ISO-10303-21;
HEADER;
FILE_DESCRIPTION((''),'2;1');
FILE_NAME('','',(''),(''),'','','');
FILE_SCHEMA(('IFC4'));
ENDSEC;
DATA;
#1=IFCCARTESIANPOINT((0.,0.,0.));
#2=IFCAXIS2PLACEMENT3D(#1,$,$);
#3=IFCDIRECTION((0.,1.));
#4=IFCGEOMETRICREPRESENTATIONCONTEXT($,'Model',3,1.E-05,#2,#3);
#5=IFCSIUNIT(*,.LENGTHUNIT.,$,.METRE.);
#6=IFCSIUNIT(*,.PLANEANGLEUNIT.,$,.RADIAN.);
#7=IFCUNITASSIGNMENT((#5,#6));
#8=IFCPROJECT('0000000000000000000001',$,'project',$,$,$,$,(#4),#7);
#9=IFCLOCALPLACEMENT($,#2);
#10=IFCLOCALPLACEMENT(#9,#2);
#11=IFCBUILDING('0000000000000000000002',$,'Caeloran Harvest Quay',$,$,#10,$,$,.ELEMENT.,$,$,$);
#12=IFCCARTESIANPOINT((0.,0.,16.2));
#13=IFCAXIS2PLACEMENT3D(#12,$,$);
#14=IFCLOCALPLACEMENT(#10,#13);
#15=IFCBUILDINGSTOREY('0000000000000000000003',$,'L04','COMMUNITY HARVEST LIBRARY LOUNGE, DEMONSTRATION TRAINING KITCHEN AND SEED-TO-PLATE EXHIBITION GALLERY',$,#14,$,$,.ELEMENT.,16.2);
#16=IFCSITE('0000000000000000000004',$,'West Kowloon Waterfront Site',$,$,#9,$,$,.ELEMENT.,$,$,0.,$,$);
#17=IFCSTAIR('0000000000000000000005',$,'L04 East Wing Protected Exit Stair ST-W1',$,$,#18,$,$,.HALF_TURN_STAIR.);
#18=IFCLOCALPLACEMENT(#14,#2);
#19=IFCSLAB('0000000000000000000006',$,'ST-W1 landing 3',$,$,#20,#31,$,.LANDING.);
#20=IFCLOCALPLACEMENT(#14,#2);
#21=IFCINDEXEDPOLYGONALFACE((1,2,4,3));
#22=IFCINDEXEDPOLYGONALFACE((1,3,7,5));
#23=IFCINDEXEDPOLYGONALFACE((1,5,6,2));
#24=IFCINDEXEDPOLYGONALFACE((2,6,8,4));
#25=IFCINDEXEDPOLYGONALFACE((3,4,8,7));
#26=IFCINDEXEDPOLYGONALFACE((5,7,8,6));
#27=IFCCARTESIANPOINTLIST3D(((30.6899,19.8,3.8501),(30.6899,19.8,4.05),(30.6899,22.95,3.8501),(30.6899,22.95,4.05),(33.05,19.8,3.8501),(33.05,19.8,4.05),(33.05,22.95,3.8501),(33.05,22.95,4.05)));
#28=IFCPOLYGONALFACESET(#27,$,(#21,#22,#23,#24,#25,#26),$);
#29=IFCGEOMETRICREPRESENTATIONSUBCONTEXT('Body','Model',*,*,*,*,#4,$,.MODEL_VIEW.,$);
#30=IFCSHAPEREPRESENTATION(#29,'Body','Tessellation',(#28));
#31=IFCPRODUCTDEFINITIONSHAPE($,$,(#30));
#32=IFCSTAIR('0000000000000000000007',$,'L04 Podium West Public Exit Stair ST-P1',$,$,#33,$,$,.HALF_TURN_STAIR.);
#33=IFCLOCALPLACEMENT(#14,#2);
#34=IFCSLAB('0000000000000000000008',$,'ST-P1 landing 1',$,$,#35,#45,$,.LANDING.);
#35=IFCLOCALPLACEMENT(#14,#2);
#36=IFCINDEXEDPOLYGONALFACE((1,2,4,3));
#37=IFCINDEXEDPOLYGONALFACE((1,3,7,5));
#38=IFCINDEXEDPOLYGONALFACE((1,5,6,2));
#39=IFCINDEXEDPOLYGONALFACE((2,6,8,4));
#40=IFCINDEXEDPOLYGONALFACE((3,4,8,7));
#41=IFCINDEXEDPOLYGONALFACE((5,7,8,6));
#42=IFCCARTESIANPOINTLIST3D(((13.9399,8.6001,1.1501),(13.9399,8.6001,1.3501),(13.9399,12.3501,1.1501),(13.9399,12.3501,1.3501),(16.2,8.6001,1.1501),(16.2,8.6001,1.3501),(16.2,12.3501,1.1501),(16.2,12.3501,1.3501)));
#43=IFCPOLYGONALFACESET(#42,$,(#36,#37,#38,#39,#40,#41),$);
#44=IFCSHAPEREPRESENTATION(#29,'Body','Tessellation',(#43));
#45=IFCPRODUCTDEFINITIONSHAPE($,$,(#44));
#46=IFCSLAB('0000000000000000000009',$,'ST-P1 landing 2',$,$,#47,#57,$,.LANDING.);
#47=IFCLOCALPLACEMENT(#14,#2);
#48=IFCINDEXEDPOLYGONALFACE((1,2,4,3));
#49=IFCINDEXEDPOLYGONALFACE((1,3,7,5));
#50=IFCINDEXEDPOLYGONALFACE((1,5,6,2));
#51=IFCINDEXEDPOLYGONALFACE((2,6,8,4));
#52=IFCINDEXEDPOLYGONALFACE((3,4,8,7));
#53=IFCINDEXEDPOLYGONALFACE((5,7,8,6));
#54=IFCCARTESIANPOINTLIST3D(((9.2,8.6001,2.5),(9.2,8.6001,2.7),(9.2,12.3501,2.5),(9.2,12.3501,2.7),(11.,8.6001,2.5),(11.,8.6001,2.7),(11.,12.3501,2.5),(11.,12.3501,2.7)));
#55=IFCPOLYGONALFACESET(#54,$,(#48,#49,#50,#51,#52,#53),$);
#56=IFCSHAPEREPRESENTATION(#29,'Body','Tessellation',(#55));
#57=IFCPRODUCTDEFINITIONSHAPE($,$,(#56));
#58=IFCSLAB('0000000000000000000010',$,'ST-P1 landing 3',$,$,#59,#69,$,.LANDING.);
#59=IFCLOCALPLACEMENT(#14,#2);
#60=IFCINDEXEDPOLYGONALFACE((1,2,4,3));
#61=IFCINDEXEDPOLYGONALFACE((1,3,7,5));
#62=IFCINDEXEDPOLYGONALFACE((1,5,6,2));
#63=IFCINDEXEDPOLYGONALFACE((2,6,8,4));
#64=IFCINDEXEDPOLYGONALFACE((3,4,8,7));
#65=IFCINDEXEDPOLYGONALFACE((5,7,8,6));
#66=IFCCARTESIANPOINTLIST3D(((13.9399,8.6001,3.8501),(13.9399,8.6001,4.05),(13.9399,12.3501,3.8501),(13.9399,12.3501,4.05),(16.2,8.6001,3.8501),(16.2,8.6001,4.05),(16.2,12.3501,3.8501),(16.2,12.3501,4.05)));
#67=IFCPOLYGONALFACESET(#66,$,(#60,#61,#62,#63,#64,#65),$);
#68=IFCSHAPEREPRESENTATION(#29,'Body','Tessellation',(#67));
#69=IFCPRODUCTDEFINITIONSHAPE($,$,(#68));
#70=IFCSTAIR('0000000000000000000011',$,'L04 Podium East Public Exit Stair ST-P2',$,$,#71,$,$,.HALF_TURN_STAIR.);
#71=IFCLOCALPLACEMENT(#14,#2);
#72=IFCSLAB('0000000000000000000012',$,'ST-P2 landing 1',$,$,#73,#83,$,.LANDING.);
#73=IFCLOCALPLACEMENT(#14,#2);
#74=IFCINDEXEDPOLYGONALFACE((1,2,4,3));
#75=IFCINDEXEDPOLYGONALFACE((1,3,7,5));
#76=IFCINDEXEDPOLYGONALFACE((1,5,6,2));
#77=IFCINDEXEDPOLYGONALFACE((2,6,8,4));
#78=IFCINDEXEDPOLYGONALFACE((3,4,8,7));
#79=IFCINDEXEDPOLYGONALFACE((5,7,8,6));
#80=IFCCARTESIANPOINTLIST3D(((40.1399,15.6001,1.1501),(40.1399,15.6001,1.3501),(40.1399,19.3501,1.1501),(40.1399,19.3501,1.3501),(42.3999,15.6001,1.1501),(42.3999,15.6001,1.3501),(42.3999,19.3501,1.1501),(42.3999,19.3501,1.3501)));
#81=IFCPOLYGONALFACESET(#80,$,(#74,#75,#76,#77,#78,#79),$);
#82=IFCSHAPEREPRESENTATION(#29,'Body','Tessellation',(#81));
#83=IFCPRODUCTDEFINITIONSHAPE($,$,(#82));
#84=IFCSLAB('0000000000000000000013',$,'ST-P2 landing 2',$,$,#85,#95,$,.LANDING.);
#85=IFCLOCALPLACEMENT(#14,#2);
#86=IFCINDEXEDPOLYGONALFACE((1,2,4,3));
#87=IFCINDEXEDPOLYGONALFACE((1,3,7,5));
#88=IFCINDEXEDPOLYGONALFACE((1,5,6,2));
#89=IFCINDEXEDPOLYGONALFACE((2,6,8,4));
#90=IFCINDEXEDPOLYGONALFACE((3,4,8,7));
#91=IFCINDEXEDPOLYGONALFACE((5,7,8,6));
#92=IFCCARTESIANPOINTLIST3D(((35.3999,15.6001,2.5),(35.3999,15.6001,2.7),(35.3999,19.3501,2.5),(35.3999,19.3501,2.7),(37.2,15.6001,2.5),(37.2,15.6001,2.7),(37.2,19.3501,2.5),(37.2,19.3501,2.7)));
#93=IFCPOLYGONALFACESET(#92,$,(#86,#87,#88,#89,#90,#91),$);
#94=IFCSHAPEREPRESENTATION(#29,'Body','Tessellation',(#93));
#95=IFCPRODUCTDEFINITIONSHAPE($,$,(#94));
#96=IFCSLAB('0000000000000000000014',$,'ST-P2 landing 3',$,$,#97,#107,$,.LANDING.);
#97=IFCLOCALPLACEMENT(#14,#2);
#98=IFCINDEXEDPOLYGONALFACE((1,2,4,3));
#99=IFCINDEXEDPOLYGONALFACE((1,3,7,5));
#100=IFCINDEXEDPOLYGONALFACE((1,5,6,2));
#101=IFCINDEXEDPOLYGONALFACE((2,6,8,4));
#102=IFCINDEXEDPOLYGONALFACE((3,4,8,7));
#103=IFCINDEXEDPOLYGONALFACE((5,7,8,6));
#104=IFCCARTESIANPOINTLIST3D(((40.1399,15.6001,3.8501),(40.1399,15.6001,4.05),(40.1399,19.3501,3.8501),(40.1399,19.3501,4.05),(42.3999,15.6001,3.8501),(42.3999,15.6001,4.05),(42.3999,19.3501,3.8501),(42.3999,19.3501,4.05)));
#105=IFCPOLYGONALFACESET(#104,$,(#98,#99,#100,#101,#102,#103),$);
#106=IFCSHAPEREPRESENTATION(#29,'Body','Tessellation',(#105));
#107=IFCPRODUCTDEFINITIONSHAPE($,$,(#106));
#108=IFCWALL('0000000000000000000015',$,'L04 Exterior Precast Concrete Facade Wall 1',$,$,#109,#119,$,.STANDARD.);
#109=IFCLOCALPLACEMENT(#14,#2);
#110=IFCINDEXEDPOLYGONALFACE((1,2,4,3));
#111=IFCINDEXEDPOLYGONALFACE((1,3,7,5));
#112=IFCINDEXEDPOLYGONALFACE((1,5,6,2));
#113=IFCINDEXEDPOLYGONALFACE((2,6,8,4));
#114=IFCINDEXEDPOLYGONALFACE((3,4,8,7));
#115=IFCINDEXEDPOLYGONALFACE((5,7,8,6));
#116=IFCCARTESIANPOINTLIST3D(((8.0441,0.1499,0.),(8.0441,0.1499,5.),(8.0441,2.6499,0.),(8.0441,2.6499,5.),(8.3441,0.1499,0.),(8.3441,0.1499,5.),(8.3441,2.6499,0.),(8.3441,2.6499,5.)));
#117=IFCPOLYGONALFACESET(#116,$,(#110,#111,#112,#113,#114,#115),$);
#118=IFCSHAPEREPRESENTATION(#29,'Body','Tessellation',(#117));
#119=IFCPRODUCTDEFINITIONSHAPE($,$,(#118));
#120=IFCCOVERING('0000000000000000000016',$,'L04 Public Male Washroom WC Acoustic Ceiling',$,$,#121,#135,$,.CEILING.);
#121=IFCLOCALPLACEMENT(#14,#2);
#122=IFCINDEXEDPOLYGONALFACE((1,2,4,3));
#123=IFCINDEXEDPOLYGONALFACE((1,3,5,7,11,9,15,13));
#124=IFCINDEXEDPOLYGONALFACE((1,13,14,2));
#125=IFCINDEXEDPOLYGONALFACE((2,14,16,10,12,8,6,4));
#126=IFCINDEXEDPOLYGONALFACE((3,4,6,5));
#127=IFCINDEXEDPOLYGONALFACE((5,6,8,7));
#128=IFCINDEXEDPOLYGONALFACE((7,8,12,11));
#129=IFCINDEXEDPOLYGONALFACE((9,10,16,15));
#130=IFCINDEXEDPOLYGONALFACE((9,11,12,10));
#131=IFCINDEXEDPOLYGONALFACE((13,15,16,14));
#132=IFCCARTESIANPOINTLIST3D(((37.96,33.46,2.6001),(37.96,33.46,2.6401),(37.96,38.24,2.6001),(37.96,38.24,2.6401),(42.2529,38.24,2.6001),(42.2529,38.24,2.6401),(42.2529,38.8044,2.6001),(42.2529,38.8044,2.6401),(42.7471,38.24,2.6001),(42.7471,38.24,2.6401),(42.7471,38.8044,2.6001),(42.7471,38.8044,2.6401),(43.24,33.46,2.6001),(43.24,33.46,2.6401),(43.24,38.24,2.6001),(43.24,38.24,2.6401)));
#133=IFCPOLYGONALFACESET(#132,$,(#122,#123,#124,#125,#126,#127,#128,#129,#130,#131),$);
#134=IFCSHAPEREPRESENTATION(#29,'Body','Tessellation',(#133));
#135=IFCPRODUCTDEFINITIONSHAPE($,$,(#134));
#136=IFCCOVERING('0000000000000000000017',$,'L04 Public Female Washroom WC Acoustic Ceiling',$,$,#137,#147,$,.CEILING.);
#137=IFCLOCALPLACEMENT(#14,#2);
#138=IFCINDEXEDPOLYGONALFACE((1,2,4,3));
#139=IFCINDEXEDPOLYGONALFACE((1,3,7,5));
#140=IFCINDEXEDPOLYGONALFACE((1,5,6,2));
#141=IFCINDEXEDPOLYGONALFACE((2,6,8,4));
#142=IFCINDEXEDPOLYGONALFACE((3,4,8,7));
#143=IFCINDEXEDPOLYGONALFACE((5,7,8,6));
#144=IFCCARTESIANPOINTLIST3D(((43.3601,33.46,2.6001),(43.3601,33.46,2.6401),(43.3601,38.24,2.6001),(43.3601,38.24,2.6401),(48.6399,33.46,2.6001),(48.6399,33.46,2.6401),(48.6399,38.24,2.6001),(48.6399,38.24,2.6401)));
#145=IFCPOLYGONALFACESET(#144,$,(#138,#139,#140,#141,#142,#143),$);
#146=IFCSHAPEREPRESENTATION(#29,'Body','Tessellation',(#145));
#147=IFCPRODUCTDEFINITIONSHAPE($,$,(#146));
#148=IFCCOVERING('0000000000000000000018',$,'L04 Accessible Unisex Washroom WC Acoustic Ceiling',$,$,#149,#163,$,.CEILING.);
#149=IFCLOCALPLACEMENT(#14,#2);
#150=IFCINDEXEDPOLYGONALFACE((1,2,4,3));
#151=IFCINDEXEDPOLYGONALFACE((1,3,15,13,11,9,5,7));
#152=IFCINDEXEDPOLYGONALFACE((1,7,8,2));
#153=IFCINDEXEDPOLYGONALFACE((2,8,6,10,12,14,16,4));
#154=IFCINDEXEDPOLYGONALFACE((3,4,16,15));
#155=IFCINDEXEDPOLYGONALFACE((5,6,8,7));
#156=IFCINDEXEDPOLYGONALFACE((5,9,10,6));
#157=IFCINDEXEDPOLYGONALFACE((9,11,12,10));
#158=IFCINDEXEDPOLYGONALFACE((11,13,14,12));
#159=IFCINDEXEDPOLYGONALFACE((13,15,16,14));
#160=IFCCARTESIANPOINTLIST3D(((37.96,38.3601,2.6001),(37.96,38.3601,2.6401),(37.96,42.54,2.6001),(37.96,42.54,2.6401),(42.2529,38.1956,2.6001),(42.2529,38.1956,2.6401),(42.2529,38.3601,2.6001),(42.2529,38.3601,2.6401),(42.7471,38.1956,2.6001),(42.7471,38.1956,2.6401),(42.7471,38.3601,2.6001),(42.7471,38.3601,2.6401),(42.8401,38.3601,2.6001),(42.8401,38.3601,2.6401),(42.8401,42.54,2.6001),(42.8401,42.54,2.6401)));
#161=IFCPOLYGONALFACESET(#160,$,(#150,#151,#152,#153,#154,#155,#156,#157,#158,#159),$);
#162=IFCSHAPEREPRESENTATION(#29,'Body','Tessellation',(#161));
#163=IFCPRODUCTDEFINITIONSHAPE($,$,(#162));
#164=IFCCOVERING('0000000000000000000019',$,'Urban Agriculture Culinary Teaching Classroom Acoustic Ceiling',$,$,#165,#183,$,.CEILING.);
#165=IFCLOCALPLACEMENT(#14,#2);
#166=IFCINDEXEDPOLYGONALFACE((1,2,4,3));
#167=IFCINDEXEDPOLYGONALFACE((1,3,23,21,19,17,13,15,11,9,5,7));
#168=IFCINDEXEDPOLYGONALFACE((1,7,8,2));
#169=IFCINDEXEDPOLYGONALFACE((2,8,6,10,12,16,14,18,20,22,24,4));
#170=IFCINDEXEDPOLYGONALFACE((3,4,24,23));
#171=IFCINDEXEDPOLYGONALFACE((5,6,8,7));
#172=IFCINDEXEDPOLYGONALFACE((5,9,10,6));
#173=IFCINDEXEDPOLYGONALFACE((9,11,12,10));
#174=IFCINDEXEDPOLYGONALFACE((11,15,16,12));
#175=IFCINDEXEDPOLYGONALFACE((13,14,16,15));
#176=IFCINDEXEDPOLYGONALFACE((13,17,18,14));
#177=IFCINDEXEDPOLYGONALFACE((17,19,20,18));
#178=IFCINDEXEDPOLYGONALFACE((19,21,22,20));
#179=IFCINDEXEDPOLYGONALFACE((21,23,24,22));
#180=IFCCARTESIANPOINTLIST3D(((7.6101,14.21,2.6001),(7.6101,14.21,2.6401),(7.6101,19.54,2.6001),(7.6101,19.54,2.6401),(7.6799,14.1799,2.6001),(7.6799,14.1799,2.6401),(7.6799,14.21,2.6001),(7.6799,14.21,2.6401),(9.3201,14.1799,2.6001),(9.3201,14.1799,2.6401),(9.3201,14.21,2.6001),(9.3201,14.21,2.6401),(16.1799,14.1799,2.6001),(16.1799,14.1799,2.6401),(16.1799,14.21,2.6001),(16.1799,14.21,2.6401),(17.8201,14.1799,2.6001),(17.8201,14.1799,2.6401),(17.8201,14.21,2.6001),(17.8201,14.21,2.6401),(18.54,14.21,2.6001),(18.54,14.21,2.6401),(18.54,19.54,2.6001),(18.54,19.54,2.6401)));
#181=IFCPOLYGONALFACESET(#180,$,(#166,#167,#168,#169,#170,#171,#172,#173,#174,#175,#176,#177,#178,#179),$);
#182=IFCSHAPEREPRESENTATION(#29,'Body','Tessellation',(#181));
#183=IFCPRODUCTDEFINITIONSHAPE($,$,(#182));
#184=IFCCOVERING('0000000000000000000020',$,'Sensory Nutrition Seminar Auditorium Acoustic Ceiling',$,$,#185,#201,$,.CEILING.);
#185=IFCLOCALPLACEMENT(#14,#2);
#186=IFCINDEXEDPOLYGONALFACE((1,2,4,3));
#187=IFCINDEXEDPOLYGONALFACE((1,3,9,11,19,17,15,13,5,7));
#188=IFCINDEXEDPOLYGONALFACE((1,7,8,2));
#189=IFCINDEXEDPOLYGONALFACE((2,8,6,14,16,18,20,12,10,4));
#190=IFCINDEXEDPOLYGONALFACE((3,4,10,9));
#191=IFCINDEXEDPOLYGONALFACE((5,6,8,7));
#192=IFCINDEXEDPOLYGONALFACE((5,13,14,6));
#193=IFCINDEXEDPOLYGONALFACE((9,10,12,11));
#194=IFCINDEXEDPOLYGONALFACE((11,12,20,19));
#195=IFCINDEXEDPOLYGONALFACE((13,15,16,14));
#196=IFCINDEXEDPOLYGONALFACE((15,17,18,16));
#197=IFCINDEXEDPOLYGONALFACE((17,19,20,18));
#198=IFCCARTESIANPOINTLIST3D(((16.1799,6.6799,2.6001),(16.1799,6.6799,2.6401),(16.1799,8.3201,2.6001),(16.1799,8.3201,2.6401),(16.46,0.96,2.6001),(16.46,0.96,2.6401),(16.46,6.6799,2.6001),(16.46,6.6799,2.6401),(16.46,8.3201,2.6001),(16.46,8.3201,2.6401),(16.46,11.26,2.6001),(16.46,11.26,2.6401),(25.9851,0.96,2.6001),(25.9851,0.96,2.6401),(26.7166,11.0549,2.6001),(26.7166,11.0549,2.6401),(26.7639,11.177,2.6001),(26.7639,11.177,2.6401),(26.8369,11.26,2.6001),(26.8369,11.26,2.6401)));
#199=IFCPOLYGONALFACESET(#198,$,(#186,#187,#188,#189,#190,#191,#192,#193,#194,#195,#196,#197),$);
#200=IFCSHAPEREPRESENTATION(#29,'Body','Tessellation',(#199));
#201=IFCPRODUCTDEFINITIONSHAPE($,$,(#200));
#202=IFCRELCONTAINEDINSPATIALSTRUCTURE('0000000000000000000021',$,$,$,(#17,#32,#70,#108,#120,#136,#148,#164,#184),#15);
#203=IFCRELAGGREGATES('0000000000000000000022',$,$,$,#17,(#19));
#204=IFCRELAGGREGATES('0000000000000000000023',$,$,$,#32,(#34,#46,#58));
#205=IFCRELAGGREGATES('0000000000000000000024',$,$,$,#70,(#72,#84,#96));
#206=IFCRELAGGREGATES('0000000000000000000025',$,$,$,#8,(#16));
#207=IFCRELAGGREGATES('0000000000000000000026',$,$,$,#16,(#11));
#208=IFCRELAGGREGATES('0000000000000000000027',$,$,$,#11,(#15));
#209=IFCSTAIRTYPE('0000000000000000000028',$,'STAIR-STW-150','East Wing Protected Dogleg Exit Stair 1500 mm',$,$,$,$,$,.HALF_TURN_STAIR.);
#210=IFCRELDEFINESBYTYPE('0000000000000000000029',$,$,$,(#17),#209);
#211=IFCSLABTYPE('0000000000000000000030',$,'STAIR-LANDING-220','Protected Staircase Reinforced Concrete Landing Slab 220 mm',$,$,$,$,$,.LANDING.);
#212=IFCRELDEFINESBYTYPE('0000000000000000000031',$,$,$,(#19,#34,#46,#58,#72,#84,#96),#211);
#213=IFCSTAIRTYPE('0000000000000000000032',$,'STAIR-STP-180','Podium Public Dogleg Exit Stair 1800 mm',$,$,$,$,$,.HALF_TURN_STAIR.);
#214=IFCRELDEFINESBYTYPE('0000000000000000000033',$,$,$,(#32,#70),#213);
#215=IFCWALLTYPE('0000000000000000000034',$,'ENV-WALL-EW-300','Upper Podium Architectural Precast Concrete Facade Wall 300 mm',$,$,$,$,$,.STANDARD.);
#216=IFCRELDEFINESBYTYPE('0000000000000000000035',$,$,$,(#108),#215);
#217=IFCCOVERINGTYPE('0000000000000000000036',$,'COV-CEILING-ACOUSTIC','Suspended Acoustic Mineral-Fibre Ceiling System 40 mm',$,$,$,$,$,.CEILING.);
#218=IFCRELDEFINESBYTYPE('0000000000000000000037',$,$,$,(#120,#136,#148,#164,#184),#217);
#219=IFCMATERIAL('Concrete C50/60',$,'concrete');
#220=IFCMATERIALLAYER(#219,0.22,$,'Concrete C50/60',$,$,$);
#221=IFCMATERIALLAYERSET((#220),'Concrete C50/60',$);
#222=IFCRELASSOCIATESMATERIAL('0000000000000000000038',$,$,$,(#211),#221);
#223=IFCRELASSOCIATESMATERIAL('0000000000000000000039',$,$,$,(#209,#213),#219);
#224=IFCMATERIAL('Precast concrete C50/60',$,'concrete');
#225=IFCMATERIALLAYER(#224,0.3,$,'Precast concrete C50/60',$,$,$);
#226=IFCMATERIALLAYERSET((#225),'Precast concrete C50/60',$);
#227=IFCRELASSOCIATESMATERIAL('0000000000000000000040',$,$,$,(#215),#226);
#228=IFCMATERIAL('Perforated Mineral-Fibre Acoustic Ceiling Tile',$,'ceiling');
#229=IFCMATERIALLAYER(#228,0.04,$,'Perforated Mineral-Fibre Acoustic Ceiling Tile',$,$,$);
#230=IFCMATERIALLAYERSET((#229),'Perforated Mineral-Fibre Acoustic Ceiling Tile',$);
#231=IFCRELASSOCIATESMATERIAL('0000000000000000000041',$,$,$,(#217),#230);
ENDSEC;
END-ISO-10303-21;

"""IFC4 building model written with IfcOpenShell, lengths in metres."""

from ifc_helpers import new_model, si_unit, direction, frame, frame_2d, origin, place, context, subcontext, project, spatial, polyline, rectangle, outline, extrude, material, layer, layer_set, type_object, element, aggregate, save


model = new_model("IFC4")

# Units and contexts
model_context = context("Model", 3, precision=1e-05, world=origin(), true_north=direction((0.0, 1.0)))
body_context = subcontext(model_context, "Body", "Model", "MODEL_VIEW")
ifc_project = project(units=[si_unit("LENGTHUNIT", "METRE"), si_unit("PLANEANGLEUNIT", "RADIAN")], contexts=[model_context])

# Site, building, storey
site_placement = place(None, origin())
site = spatial("IfcSite", under=ifc_project, at=site_placement, Name="West Kowloon Waterfront Site", CompositionType="ELEMENT", RefElevation=0.0)
building_placement = place(site_placement, origin())
building = spatial("IfcBuilding", under=site, at=building_placement, Name="Caeloran Harvest Quay", CompositionType="ELEMENT")
storey_placement = place(building_placement, frame((0.0, 0.0, 16.2)))
storey = spatial("IfcBuildingStorey", under=building, at=storey_placement, Name="L04", Description="COMMUNITY HARVEST LIBRARY LOUNGE, DEMONSTRATION TRAINING KITCHEN AND SEED-TO-PLATE EXHIBITION GALLERY", CompositionType="ELEMENT", Elevation=16.2)

# Shared definitions
ifc_material_1 = material(Name="Concrete C50/60", Category="concrete")

# Stairs, slabs
ifc_layer_1 = layer(ifc_material_1, 0.22, Name="Concrete C50/60")
ifc_layer_set_1 = layer_set([ifc_layer_1], Name="Concrete C50/60")
slab_type_1 = type_object("IfcSlabType", Name="STAIR-LANDING-220", Description="Protected Staircase Reinforced Concrete Landing Slab 220 mm", PredefinedType="LANDING", material=ifc_layer_set_1)
stair_type_1 = type_object("IfcStairType", Name="STAIR-STW-150", Description="East Wing Protected Dogleg Exit Stair 1500 mm", PredefinedType="HALF_TURN_STAIR", material=ifc_material_1)
stair_1_placement = place(storey_placement, origin())
stair_1 = element("IfcStair", 1, at=stair_1_placement, inside=storey, type_object=stair_type_1, Name="L04 East Wing Protected Exit Stair ST-W1", PredefinedType="HALF_TURN_STAIR")
slab_1_placement = place(storey_placement, frame((0.0, 0.0, 3.8501)))
slab_1 = element("IfcSlab", 2, at=slab_1_placement, type_object=slab_type_1, Name="ST-W1 landing 3", PredefinedType="LANDING", context=body_context, shape_type="SweptSolid", body=[
    extrude(outline(polyline([(30.6899, 19.8), (33.05, 19.8), (33.05, 22.95), (30.6899, 22.95), (30.6899, 19.8)])), origin(), (0.0, 0.0, 1.0), 0.2),
])
aggregate(stair_1, [slab_1])
stair_type_2 = type_object("IfcStairType", Name="STAIR-STP-180", Description="Podium Public Dogleg Exit Stair 1800 mm", PredefinedType="HALF_TURN_STAIR", material=ifc_material_1)
stair_2_placement = place(storey_placement, origin())
stair_2 = element("IfcStair", 3, at=stair_2_placement, inside=storey, type_object=stair_type_2, Name="L04 Podium West Public Exit Stair ST-P1", PredefinedType="HALF_TURN_STAIR")
slab_2_placement = place(storey_placement, frame((0.0, 0.0, 1.1501)))
slab_2 = element("IfcSlab", 4, at=slab_2_placement, type_object=slab_type_1, Name="ST-P1 landing 1", PredefinedType="LANDING", context=body_context, shape_type="SweptSolid", body=[
    extrude(outline(polyline([(13.9399, 8.6001), (16.2, 8.6001), (16.2, 12.3501), (13.9399, 12.3501), (13.9399, 8.6001)])), origin(), (0.0, 0.0, 1.0), 0.2),
])
slab_3_placement = place(storey_placement, frame((0.0, 0.0, 2.5)))
slab_3 = element("IfcSlab", 5, at=slab_3_placement, type_object=slab_type_1, Name="ST-P1 landing 2", PredefinedType="LANDING", context=body_context, shape_type="SweptSolid", body=[
    extrude(outline(polyline([(9.2, 8.6001), (11.0, 8.6001), (11.0, 12.3501), (9.2, 12.3501), (9.2, 8.6001)])), origin(), (0.0, 0.0, 1.0), 0.2),
])
slab_4_placement = place(storey_placement, frame((0.0, 0.0, 3.8501)))
slab_4 = element("IfcSlab", 6, at=slab_4_placement, type_object=slab_type_1, Name="ST-P1 landing 3", PredefinedType="LANDING", context=body_context, shape_type="SweptSolid", body=[
    extrude(outline(polyline([(13.9399, 8.6001), (16.2, 8.6001), (16.2, 12.3501), (13.9399, 12.3501), (13.9399, 8.6001)])), origin(), (0.0, 0.0, 1.0), 0.2),
])
aggregate(stair_2, [slab_2, slab_3, slab_4])
stair_3_placement = place(storey_placement, origin())
stair_3 = element("IfcStair", 7, at=stair_3_placement, inside=storey, type_object=stair_type_2, Name="L04 Podium East Public Exit Stair ST-P2", PredefinedType="HALF_TURN_STAIR")
slab_5_placement = place(storey_placement, frame((0.0, 0.0, 1.1501)))
slab_5 = element("IfcSlab", 8, at=slab_5_placement, type_object=slab_type_1, Name="ST-P2 landing 1", PredefinedType="LANDING", context=body_context, shape_type="SweptSolid", body=[
    extrude(outline(polyline([(40.1399, 15.6001), (42.3999, 15.6001), (42.3999, 19.3501), (40.1399, 19.3501), (40.1399, 15.6001)])), origin(), (0.0, 0.0, 1.0), 0.2),
])
slab_6_placement = place(storey_placement, frame((0.0, 0.0, 2.5)))
slab_6 = element("IfcSlab", 9, at=slab_6_placement, type_object=slab_type_1, Name="ST-P2 landing 2", PredefinedType="LANDING", context=body_context, shape_type="SweptSolid", body=[
    extrude(outline(polyline([(35.3999, 15.6001), (37.2, 15.6001), (37.2, 19.3501), (35.3999, 19.3501), (35.3999, 15.6001)])), origin(), (0.0, 0.0, 1.0), 0.2),
])
slab_7_placement = place(storey_placement, frame((0.0, 0.0, 3.8501)))
slab_7 = element("IfcSlab", 10, at=slab_7_placement, type_object=slab_type_1, Name="ST-P2 landing 3", PredefinedType="LANDING", context=body_context, shape_type="SweptSolid", body=[
    extrude(outline(polyline([(40.1399, 15.6001), (42.3999, 15.6001), (42.3999, 19.3501), (40.1399, 19.3501), (40.1399, 15.6001)])), origin(), (0.0, 0.0, 1.0), 0.2),
])
aggregate(stair_3, [slab_5, slab_6, slab_7])

# Wall
ifc_material_2 = material(Name="Precast concrete C50/60", Category="concrete")
ifc_layer_2 = layer(ifc_material_2, 0.3, Name="Precast concrete C50/60")
ifc_layer_set_2 = layer_set([ifc_layer_2], Name="Precast concrete C50/60")
wall_type = type_object("IfcWallType", Name="ENV-WALL-EW-300", Description="Upper Podium Architectural Precast Concrete Facade Wall 300 mm", PredefinedType="STANDARD", material=ifc_layer_set_2)
wall_placement = place(storey_placement, frame((8.1941, 0.1499, 0.0), z_axis=(0.0, 0.0, 1.0), x_axis=(0.0, 1.0, 0.0)))
element("IfcWall", 11, at=wall_placement, inside=storey, type_object=wall_type, Name="L04 Exterior Precast Concrete Facade Wall 1", PredefinedType="STANDARD", context=body_context, shape_type="SweptSolid", body=[
    extrude(rectangle(XDim=2.5, YDim=0.3, at=frame_2d((1.25, 0.0))), origin(), (0.0, 0.0, 1.0), 5.0),
])

# Coverings
ifc_material_3 = material(Name="Perforated Mineral-Fibre Acoustic Ceiling Tile", Category="ceiling")
ifc_layer_3 = layer(ifc_material_3, 0.04, Name="Perforated Mineral-Fibre Acoustic Ceiling Tile")
ifc_layer_set_3 = layer_set([ifc_layer_3], Name="Perforated Mineral-Fibre Acoustic Ceiling Tile")
covering_type_1 = type_object("IfcCoveringType", Name="COV-CEILING-ACOUSTIC", Description="Suspended Acoustic Mineral-Fibre Ceiling System 40 mm", PredefinedType="CEILING", material=ifc_layer_set_3)
covering_1_placement = place(storey_placement, frame((0.0, 0.0, 2.6001)))
element("IfcCovering", 12, at=covering_1_placement, inside=storey, type_object=covering_type_1, Name="L04 Public Male Washroom WC Acoustic Ceiling", PredefinedType="CEILING", context=body_context, shape_type="SweptSolid", body=[
    extrude(outline(polyline([(43.24, 33.46), (37.96, 33.46), (37.96, 38.24), (42.2529, 38.24), (42.2529, 38.8044), (42.7471, 38.8044), (42.7471, 38.24), (43.24, 38.24), (43.24, 33.46)])), origin(), (0.0, 0.0, 1.0), 0.04),
])
covering_2_placement = place(storey_placement, frame((0.0, 0.0, 2.6001)))
element("IfcCovering", 13, at=covering_2_placement, inside=storey, type_object=covering_type_1, Name="L04 Public Female Washroom WC Acoustic Ceiling", PredefinedType="CEILING", context=body_context, shape_type="SweptSolid", body=[
    extrude(outline(polyline([(48.6399, 38.24), (48.6399, 33.46), (43.3601, 33.46), (43.3601, 38.24), (48.6399, 38.24)])), origin(), (0.0, 0.0, 1.0), 0.04),
])
covering_3_placement = place(storey_placement, frame((0.0, 0.0, 2.6001)))
element("IfcCovering", 14, at=covering_3_placement, inside=storey, type_object=covering_type_1, Name="L04 Accessible Unisex Washroom WC Acoustic Ceiling", PredefinedType="CEILING", context=body_context, shape_type="SweptSolid", body=[
    extrude(outline(polyline([(42.7471, 38.1956), (42.2529, 38.1956), (42.2529, 38.3601), (37.96, 38.3601), (37.96, 42.54), (42.8401, 42.54), (42.8401, 38.3601), (42.7471, 38.3601), (42.7471, 38.1956)])), origin(), (0.0, 0.0, 1.0), 0.04),
])
covering_4_placement = place(storey_placement, frame((0.0, 0.0, 2.6001)))
element("IfcCovering", 15, at=covering_4_placement, inside=storey, type_object=covering_type_1, Name="Urban Agriculture Culinary Teaching Classroom Acoustic Ceiling", PredefinedType="CEILING", context=body_context, shape_type="SweptSolid", body=[
    extrude(outline(polyline([(9.3201, 14.1799), (7.6799, 14.1799), (7.6799, 14.21), (7.6101, 14.21), (7.6101, 19.54), (18.54, 19.54), (18.54, 14.21), (17.8201, 14.21), (17.8201, 14.1799), (16.1799, 14.1799), (16.1799, 14.21), (9.3201, 14.21), (9.3201, 14.1799)])), origin(), (0.0, 0.0, 1.0), 0.04),
])
covering_5_placement = place(storey_placement, frame((0.0, 0.0, 2.6001)))
element("IfcCovering", 16, at=covering_5_placement, inside=storey, type_object=covering_type_1, Name="Sensory Nutrition Seminar Auditorium Acoustic Ceiling", PredefinedType="CEILING", context=body_context, shape_type="SweptSolid", body=[
    extrude(outline(polyline([(26.7639, 11.177), (26.7166, 11.0549), (25.9851, 0.96), (16.46, 0.96), (16.46, 6.6799), (16.1799, 6.6799), (16.1799, 8.3201), (16.46, 8.3201), (16.46, 11.26), (26.8369, 11.26), (26.7639, 11.177)])), origin(), (0.0, 0.0, 1.0), 0.04),
])

save(model, "model.ifc")
